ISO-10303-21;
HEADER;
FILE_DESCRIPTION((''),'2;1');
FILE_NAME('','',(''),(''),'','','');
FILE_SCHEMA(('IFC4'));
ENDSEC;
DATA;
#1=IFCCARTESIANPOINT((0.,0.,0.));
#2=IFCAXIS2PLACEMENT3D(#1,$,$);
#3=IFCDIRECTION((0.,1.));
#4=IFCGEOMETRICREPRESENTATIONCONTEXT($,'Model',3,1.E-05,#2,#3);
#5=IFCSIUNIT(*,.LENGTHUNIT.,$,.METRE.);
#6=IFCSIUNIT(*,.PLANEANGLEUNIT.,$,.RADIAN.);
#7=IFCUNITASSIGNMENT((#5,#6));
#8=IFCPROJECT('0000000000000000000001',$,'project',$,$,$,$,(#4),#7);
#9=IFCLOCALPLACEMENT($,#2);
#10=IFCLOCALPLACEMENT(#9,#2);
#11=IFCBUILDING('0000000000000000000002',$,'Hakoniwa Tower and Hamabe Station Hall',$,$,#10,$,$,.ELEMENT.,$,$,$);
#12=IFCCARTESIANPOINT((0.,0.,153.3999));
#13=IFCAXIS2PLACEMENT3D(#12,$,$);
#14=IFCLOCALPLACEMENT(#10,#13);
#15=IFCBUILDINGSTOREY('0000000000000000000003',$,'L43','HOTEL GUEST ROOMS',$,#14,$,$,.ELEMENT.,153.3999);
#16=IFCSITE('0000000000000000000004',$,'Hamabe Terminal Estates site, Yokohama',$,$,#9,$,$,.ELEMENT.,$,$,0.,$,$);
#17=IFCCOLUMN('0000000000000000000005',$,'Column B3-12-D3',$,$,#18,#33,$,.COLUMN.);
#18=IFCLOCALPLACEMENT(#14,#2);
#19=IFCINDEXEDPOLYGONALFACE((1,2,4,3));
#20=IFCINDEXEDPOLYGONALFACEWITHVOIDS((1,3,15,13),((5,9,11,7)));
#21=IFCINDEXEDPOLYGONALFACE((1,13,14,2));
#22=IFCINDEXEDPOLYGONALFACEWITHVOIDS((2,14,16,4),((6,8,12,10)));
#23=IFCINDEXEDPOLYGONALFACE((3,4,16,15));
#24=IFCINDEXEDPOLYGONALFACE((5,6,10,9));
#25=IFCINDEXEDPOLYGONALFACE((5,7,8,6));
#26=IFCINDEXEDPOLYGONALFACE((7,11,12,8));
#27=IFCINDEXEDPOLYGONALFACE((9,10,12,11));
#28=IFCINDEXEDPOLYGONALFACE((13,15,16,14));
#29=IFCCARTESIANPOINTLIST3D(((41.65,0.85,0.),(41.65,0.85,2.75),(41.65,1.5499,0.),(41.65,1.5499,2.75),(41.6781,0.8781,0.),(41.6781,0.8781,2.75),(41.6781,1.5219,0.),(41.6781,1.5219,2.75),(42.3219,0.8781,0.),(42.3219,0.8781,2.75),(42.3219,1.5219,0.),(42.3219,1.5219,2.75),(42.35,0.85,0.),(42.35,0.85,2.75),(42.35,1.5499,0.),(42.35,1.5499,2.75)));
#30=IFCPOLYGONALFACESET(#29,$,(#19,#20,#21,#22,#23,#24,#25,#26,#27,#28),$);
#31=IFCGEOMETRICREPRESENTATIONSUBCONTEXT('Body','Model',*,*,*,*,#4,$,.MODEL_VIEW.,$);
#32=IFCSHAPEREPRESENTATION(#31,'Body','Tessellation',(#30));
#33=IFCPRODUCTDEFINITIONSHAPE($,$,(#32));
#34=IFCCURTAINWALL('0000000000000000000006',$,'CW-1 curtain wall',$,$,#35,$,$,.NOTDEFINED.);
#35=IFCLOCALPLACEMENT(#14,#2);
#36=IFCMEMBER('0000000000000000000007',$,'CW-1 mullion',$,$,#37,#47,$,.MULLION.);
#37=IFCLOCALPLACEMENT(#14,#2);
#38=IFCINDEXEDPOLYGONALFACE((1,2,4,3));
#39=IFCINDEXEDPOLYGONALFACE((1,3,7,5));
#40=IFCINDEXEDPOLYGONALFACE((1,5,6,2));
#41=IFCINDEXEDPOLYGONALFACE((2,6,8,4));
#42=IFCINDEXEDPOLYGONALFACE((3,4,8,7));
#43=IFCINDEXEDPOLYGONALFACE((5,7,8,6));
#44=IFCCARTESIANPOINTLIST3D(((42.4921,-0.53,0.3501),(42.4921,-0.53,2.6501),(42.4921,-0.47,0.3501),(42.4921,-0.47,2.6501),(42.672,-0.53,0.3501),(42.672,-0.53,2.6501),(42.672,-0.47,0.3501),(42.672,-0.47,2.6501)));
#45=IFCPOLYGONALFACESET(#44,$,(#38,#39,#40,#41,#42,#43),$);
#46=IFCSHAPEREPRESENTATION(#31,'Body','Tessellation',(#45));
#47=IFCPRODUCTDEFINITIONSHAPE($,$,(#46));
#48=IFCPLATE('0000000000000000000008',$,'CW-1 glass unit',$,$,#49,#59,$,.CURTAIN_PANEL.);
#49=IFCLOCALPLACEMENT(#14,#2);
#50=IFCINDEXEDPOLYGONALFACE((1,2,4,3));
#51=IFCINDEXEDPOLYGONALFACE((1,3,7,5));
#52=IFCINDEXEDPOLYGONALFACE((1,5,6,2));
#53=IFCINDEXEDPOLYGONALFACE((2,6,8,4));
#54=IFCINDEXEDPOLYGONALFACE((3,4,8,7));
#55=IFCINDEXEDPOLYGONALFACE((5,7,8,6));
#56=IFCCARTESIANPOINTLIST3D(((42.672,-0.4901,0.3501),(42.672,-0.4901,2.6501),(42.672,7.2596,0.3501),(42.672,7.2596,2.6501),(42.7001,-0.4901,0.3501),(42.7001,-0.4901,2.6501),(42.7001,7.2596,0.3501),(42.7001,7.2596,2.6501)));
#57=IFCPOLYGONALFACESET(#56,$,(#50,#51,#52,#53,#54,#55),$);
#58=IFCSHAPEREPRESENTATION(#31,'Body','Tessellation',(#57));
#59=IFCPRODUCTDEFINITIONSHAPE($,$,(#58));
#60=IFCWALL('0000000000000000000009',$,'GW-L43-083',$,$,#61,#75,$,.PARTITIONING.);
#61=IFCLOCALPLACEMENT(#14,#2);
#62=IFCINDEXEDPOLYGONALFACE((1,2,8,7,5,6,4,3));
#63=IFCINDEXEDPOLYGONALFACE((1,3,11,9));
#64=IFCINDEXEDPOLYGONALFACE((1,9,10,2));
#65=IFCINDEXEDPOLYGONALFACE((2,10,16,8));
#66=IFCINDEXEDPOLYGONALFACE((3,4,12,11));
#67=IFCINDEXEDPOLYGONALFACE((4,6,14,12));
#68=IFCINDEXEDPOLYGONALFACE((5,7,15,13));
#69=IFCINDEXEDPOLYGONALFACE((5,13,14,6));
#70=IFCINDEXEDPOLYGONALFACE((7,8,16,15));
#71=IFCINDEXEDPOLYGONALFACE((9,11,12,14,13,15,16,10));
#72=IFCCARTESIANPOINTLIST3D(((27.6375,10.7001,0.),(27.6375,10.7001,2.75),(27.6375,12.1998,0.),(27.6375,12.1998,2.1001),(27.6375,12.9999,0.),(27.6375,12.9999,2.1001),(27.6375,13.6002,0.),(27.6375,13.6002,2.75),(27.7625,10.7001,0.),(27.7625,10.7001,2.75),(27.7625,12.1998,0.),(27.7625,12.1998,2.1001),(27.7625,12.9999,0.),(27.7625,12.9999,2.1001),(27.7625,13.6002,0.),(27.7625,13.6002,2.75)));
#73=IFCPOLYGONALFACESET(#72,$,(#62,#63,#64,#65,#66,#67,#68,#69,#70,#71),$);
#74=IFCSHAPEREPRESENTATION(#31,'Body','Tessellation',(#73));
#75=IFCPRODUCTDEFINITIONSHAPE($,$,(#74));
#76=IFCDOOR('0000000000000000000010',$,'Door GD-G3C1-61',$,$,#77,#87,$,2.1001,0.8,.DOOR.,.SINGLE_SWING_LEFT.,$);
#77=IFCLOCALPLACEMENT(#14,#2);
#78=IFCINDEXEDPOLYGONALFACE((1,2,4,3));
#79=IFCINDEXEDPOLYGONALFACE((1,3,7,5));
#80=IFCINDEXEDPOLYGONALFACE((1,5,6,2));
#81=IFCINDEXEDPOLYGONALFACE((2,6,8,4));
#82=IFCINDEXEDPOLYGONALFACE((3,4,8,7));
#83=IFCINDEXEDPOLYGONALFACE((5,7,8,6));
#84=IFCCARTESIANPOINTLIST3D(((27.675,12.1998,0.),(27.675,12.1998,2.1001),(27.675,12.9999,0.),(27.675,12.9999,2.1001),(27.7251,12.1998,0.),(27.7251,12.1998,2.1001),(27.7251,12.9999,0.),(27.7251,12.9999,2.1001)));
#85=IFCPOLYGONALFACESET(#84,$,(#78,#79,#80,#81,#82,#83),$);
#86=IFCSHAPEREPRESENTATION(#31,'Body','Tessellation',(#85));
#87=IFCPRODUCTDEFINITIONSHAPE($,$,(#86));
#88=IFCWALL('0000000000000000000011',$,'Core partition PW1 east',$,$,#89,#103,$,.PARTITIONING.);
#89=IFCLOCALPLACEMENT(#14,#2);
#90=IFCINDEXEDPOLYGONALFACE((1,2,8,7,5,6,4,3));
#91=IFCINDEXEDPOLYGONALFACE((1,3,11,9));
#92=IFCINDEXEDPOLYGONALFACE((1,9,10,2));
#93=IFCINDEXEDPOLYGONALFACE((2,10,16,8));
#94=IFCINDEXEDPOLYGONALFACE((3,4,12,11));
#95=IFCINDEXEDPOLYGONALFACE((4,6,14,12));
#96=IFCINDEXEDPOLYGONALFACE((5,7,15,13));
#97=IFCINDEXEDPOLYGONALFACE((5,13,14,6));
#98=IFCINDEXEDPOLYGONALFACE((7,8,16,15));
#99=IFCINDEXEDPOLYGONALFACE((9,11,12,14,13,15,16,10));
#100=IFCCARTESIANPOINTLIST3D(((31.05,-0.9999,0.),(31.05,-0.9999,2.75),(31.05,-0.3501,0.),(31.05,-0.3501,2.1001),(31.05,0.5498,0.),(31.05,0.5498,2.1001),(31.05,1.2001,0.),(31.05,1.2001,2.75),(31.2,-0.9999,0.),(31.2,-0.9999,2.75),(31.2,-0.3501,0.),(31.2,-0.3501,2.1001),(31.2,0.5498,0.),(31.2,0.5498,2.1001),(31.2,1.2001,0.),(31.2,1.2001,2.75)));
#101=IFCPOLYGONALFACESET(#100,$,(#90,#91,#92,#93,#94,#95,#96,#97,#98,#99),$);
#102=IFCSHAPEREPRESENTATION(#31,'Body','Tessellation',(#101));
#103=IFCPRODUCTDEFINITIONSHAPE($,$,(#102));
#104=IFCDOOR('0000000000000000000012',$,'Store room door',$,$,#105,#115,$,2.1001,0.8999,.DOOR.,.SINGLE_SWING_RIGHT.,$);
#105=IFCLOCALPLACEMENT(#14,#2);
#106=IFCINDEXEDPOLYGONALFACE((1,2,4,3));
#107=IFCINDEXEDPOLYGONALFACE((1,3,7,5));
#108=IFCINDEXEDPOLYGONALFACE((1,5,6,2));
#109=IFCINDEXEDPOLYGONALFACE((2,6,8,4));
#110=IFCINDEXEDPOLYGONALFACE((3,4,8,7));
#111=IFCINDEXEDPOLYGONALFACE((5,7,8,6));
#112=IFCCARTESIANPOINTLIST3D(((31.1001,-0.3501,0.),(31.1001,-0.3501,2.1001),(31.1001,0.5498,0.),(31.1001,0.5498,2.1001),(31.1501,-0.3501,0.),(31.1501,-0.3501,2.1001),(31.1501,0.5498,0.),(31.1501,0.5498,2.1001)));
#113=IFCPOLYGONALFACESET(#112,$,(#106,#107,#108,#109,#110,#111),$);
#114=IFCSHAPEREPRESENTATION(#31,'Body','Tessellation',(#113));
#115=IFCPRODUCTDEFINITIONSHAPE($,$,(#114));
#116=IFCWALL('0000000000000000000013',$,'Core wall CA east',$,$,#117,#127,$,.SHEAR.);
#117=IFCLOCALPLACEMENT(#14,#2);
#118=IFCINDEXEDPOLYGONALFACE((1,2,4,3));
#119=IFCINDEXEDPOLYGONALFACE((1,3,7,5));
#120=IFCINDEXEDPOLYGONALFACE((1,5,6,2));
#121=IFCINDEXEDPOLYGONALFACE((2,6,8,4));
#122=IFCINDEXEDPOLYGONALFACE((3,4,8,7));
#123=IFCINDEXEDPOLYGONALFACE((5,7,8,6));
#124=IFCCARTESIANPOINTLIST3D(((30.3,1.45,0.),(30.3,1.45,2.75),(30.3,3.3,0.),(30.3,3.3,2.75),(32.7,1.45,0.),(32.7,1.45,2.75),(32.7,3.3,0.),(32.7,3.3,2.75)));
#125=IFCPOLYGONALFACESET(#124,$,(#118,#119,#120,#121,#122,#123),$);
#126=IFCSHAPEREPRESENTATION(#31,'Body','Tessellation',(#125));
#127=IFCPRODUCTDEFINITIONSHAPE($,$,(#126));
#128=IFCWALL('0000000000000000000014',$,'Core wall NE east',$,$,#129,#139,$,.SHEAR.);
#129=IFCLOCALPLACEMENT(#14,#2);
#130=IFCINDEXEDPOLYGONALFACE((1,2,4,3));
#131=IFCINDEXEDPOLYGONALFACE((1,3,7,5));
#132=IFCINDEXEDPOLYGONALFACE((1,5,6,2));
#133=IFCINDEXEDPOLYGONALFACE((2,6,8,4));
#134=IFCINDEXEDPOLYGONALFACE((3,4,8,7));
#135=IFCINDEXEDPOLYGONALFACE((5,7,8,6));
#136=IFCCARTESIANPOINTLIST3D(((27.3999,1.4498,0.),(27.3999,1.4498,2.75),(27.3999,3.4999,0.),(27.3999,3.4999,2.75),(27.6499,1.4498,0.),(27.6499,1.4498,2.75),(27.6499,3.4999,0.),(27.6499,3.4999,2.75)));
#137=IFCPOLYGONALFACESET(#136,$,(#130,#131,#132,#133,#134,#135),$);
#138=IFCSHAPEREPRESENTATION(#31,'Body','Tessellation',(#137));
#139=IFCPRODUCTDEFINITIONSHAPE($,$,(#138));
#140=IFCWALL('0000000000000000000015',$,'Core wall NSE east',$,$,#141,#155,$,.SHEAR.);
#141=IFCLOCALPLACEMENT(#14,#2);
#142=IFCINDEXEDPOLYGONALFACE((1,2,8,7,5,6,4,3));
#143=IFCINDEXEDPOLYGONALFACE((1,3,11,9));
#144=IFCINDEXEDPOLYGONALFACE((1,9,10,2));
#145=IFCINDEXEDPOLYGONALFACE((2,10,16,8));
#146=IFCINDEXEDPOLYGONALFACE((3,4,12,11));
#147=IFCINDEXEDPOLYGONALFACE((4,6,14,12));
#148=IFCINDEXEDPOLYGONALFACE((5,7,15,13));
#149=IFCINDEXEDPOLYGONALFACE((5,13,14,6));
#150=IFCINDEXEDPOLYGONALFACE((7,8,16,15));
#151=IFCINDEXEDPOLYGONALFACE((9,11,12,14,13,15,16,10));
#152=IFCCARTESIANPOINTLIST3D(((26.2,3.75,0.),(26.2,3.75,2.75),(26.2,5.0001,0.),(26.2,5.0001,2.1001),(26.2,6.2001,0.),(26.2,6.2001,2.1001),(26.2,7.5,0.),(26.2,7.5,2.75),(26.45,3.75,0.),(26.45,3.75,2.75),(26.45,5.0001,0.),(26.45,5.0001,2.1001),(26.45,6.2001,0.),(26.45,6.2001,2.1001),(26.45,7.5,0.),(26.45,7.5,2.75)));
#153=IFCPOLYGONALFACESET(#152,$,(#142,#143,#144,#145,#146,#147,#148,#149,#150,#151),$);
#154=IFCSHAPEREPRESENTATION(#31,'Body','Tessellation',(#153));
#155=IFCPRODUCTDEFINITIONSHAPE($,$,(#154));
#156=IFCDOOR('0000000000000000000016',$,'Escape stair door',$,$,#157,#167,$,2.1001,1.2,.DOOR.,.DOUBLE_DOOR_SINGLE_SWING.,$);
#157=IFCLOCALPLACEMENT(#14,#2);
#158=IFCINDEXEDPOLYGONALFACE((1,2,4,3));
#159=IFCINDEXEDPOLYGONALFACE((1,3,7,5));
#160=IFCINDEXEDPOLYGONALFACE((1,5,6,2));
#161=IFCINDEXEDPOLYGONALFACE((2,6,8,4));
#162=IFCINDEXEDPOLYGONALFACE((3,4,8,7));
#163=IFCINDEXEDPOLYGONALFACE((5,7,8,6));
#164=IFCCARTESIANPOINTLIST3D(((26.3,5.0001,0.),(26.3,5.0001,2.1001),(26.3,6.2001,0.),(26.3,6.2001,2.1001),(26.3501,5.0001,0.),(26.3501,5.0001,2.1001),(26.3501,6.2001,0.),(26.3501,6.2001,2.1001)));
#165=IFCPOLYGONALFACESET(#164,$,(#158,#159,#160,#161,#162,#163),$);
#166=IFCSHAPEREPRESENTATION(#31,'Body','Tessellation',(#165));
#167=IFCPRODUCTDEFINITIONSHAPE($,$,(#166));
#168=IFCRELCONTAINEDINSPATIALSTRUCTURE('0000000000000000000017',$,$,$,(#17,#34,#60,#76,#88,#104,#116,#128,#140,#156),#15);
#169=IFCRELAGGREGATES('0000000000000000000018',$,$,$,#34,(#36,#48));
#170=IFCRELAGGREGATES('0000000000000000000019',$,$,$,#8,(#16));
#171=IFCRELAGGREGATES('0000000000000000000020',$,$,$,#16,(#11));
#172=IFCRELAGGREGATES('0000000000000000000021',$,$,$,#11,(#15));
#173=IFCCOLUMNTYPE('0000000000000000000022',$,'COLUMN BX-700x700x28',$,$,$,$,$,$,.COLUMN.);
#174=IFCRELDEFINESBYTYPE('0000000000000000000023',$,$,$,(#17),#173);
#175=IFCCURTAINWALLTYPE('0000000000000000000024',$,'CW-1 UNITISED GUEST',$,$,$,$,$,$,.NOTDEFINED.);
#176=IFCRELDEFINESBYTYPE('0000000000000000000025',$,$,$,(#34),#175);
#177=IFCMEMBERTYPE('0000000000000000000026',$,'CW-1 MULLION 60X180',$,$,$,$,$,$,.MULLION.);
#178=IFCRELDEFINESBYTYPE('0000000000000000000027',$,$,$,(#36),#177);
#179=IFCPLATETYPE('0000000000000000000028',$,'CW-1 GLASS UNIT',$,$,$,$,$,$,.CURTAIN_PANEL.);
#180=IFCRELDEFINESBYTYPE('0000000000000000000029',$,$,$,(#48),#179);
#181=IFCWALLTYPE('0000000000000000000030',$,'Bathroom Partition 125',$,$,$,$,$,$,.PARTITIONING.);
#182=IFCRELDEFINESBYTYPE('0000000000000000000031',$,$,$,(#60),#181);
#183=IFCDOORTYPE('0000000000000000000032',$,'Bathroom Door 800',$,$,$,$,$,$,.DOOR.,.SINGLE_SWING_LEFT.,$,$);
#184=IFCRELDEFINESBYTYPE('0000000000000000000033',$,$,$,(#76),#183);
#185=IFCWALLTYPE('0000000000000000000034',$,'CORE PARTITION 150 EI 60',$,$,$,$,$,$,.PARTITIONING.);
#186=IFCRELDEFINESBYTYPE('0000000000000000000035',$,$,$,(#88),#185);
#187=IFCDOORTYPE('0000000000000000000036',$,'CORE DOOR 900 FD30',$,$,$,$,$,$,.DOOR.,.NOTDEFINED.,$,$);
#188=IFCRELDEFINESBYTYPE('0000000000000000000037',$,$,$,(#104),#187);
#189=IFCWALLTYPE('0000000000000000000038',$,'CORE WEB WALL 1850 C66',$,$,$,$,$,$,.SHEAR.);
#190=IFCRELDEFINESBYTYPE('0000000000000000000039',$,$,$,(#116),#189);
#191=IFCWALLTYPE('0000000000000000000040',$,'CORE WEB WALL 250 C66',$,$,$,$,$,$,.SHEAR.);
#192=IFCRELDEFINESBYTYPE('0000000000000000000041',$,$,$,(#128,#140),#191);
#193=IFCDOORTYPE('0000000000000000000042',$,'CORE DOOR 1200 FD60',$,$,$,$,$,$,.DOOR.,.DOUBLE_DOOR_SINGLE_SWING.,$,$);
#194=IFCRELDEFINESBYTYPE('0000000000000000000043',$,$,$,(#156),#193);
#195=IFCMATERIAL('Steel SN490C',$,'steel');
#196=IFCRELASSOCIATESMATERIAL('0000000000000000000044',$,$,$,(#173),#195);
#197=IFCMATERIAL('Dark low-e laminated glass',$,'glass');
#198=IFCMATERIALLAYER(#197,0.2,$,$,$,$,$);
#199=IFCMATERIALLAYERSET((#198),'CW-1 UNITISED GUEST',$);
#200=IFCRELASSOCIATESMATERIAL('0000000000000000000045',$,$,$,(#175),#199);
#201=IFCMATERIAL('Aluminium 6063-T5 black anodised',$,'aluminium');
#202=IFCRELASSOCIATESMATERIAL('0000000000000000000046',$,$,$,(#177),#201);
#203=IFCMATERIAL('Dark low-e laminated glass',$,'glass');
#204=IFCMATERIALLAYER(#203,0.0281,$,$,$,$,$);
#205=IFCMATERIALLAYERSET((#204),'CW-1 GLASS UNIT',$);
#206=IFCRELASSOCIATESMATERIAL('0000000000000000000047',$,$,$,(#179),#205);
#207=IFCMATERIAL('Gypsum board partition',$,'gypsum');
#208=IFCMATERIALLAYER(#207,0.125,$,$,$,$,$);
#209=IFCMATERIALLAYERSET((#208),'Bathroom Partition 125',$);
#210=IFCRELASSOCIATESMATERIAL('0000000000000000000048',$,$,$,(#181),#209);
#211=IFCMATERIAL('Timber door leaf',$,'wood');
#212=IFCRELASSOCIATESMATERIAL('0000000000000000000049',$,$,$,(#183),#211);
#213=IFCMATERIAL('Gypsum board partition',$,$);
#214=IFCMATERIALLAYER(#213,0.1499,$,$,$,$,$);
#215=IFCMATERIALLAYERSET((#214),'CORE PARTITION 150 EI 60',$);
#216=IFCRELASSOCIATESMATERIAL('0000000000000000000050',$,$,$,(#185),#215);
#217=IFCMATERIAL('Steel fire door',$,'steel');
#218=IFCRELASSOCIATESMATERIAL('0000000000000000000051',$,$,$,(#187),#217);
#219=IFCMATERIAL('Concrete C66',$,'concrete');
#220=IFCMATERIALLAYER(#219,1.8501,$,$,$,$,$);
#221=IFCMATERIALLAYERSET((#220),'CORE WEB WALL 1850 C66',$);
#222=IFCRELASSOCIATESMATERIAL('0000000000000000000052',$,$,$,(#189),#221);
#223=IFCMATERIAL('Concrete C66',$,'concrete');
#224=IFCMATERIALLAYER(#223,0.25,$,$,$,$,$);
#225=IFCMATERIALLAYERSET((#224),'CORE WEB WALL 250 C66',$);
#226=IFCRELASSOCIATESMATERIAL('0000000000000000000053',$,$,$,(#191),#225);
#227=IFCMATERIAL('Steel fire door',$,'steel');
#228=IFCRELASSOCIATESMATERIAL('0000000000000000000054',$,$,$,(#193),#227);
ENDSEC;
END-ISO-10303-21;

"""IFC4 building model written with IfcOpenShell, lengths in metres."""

from ifc_helpers import new_model, si_unit, direction, frame, frame_2d, origin, origin_2d, place, context, subcontext, project, spatial, rectangle, hollow_rectangle, extrude, material, layer, layer_set, material_profile, profile_set, type_object, element, fill, aggregate, save


model = new_model("IFC4")

# Units and contexts
model_context = context("Model", 3, precision=1e-05, world=origin(), true_north=direction((0.0, 1.0)))
body_context = subcontext(model_context, "Body", "Model", "MODEL_VIEW")
ifc_project = project(units=[si_unit("LENGTHUNIT", "METRE"), si_unit("PLANEANGLEUNIT", "RADIAN")], contexts=[model_context])

# Site, building, storey
site_placement = place(None, origin())
site = spatial("IfcSite", under=ifc_project, at=site_placement, Name="Hamabe Terminal Estates site, Yokohama", CompositionType="ELEMENT", RefElevation=0.0)
building_placement = place(site_placement, origin())
building = spatial("IfcBuilding", under=site, at=building_placement, Name="Hakoniwa Tower and Hamabe Station Hall", CompositionType="ELEMENT")
storey_placement = place(building_placement, frame((0.0, 0.0, 153.3999)))
storey = spatial("IfcBuildingStorey", under=building, at=storey_placement, Name="L43", Description="HOTEL GUEST ROOMS", CompositionType="ELEMENT", Elevation=153.3999)

# Column
ifc_material_1 = material(Name="Steel SN490C", Category="steel")
ifc_material_profile_1 = material_profile(ifc_material_1, hollow_rectangle(XDim=0.7, YDim=0.7, WallThickness=0.0281, at=origin_2d()), Name="BX-700x700x28")
ifc_profile_set_1 = profile_set([ifc_material_profile_1], Name="Steel SN490C")
column_type = type_object("IfcColumnType", Name="COLUMN BX-700x700x28", PredefinedType="COLUMN", material=ifc_profile_set_1)
column_placement = place(storey_placement, frame((42.0, 1.2, 0.0), z_axis=(0.0, 0.0, 1.0), x_axis=(1.0, 0.0, 0.0)))
element("IfcColumn", 1, at=column_placement, inside=storey, type_object=column_type, Name="Column B3-12-D3", PredefinedType="COLUMN", context=body_context, shape_type="SweptSolid", body=[
    extrude(hollow_rectangle(XDim=0.7, YDim=0.7, WallThickness=0.0281, at=origin_2d()), origin(), (0.0, 0.0, 1.0), 2.75),
])

# Curtain wall, member, plate
ifc_material_2 = material(Name="Dark low-e laminated glass", Category="glass")
ifc_layer_1 = layer(ifc_material_2, 0.2)
ifc_layer_set_1 = layer_set([ifc_layer_1], Name="CW-1 UNITISED GUEST")
curtain_wall_type = type_object("IfcCurtainWallType", Name="CW-1 UNITISED GUEST", PredefinedType="NOTDEFINED", material=ifc_layer_set_1)
curtain_wall_placement = place(storey_placement, origin())
curtain_wall = element("IfcCurtainWall", 2, at=curtain_wall_placement, inside=storey, type_object=curtain_wall_type, Name="CW-1 curtain wall", PredefinedType="NOTDEFINED")
ifc_material_3 = material(Name="Aluminium 6063-T5 black anodised", Category="aluminium")
ifc_material_profile_2 = material_profile(ifc_material_3, rectangle(XDim=0.0601, YDim=0.1799, at=origin_2d()), Name="CW-1 MULLION 60X180")
ifc_profile_set_2 = profile_set([ifc_material_profile_2], Name="Aluminium 6063-T5 black anodised")
member_type = type_object("IfcMemberType", Name="CW-1 MULLION 60X180", PredefinedType="MULLION", material=ifc_profile_set_2)
member_placement = place(storey_placement, frame((42.582, -0.5, 0.3501), z_axis=(0.0, 0.0, 1.0), x_axis=(0.0, 1.0, 0.0)))
member = element("IfcMember", 3, at=member_placement, type_object=member_type, Name="CW-1 mullion", PredefinedType="MULLION", context=body_context, shape_type="SweptSolid", body=[
    extrude(rectangle(XDim=0.0601, YDim=0.1799, at=origin_2d()), origin(), (0.0, 0.0, 1.0), 2.3),
])
ifc_material_4 = material(Name="Dark low-e laminated glass", Category="glass")
ifc_layer_2 = layer(ifc_material_4, 0.0281)
ifc_layer_set_2 = layer_set([ifc_layer_2], Name="CW-1 GLASS UNIT")
plate_type = type_object("IfcPlateType", Name="CW-1 GLASS UNIT", PredefinedType="CURTAIN_PANEL", material=ifc_layer_set_2)
plate_placement = place(storey_placement, frame((42.686, 3.3848, 0.3501), z_axis=(0.0, 0.0, 1.0), x_axis=(0.0, 1.0, 0.0)))
plate = element("IfcPlate", 4, at=plate_placement, type_object=plate_type, Name="CW-1 glass unit", PredefinedType="CURTAIN_PANEL", context=body_context, shape_type="SweptSolid", body=[
    extrude(rectangle(XDim=7.7498, YDim=0.0281, at=origin_2d()), origin(), (0.0, 0.0, 1.0), 2.3),
])
aggregate(curtain_wall, [member, plate])

# Walls, openings, doors
ifc_material_5 = material(Name="Gypsum board partition", Category="gypsum")
ifc_layer_3 = layer(ifc_material_5, 0.125)
ifc_layer_set_3 = layer_set([ifc_layer_3], Name="Bathroom Partition 125")
wall_type_1 = type_object("IfcWallType", Name="Bathroom Partition 125", PredefinedType="PARTITIONING", material=ifc_layer_set_3)
wall_1_placement = place(storey_placement, frame((27.7, 10.7, 0.0), z_axis=(0.0, 0.0, 1.0), x_axis=(0.0, 1.0, 0.0)))
wall_1 = element("IfcWall", 5, at=wall_1_placement, inside=storey, type_object=wall_type_1, Name="GW-L43-083", PredefinedType="PARTITIONING", context=body_context, shape_type="SweptSolid", body=[
    extrude(rectangle(XDim=2.9001, YDim=0.125, at=frame_2d((1.4502, 0.0))), origin(), (0.0, 0.0, 1.0), 2.75),
])
opening_1_placement = place(wall_1_placement, frame((1.5, 0.0, 0.0)))
opening_1 = element("IfcOpeningElement", 6, at=opening_1_placement, cuts=wall_1, PredefinedType="OPENING", context=body_context, shape_type="SweptSolid", body=[
    extrude(rectangle(XDim=0.8, YDim=2.1001, at=frame_2d((0.3999, 1.05))), frame((0.0, 0.0725, 0.0), z_axis=(0.0, -1.0, 0.0), x_axis=(1.0, 0.0, 0.0)), (0.0, 0.0, 1.0), 0.145),
])
ifc_material_6 = material(Name="Timber door leaf", Category="wood")
door_type_1 = type_object("IfcDoorType", Name="Bathroom Door 800", OperationType="SINGLE_SWING_LEFT", PredefinedType="DOOR", material=ifc_material_6)
door_1_placement = place(opening_1_placement, origin())
door_1 = element("IfcDoor", 7, at=door_1_placement, inside=storey, type_object=door_type_1, Name="Door GD-G3C1-61", OperationType="SINGLE_SWING_LEFT", OverallHeight=2.1001, OverallWidth=0.8, PredefinedType="DOOR", context=body_context, shape_type="SweptSolid", body=[
    extrude(rectangle(XDim=0.8, YDim=2.1001, at=frame_2d((0.3999, 1.05))), frame((0.0, 0.0249, 0.0), z_axis=(0.0, -1.0, 0.0), x_axis=(1.0, 0.0, 0.0)), (0.0, 0.0, 1.0), 0.05),
])
fill(opening_1, door_1)
ifc_material_7 = material(Name="Gypsum board partition")
ifc_layer_4 = layer(ifc_material_7, 0.1499)
ifc_layer_set_4 = layer_set([ifc_layer_4], Name="CORE PARTITION 150 EI 60")
wall_type_2 = type_object("IfcWallType", Name="CORE PARTITION 150 EI 60", PredefinedType="PARTITIONING", material=ifc_layer_set_4)
wall_2_placement = place(storey_placement, frame((31.125, -1.0, 0.0), z_axis=(0.0, 0.0, 1.0), x_axis=(0.0, 1.0, 0.0)))
wall_2 = element("IfcWall", 8, at=wall_2_placement, inside=storey, type_object=wall_type_2, Name="Core partition PW1 east", PredefinedType="PARTITIONING", context=body_context, shape_type="SweptSolid", body=[
    extrude(rectangle(XDim=2.2, YDim=0.1499, at=frame_2d((1.1001, 0.0))), origin(), (0.0, 0.0, 1.0), 2.75),
])
opening_2_placement = place(wall_2_placement, frame((0.6499, 0.0, 0.0)))
opening_2 = element("IfcOpeningElement", 9, at=opening_2_placement, cuts=wall_2, PredefinedType="OPENING", context=body_context, shape_type="SweptSolid", body=[
    extrude(rectangle(XDim=0.8999, YDim=2.1001, at=frame_2d((0.45, 1.05))), frame((0.0, 0.085, 0.0), z_axis=(0.0, -1.0, 0.0), x_axis=(1.0, 0.0, 0.0)), (0.0, 0.0, 1.0), 0.1699),
])
ifc_material_8 = material(Name="Steel fire door", Category="steel")
door_type_2 = type_object("IfcDoorType", Name="CORE DOOR 900 FD30", OperationType="NOTDEFINED", PredefinedType="DOOR", material=ifc_material_8)
door_2_placement = place(opening_2_placement, origin())
door_2 = element("IfcDoor", 10, at=door_2_placement, inside=storey, type_object=door_type_2, Name="Store room door", OperationType="SINGLE_SWING_RIGHT", OverallHeight=2.1001, OverallWidth=0.8999, PredefinedType="DOOR", context=body_context, shape_type="SweptSolid", body=[
    extrude(rectangle(XDim=0.8999, YDim=2.1001, at=frame_2d((0.45, 1.05))), frame((0.0, 0.0249, 0.0), z_axis=(0.0, -1.0, 0.0), x_axis=(1.0, 0.0, 0.0)), (0.0, 0.0, 1.0), 0.05),
])
fill(opening_2, door_2)

# Walls
ifc_material_9 = material(Name="Concrete C66", Category="concrete")
ifc_layer_5 = layer(ifc_material_9, 1.8501)
ifc_layer_set_5 = layer_set([ifc_layer_5], Name="CORE WEB WALL 1850 C66")
wall_type_3 = type_object("IfcWallType", Name="CORE WEB WALL 1850 C66", PredefinedType="SHEAR", material=ifc_layer_set_5)
wall_3_placement = place(storey_placement, frame((30.3, 2.375, 0.0), z_axis=(0.0, 0.0, 1.0), x_axis=(1.0, 0.0, 0.0)))
element("IfcWall", 11, at=wall_3_placement, inside=storey, type_object=wall_type_3, Name="Core wall CA east", PredefinedType="SHEAR", context=body_context, shape_type="SweptSolid", body=[
    extrude(rectangle(XDim=2.3999, YDim=1.8501, at=frame_2d((1.2, 0.0))), origin(), (0.0, 0.0, 1.0), 2.75),
])
ifc_material_10 = material(Name="Concrete C66", Category="concrete")
ifc_layer_6 = layer(ifc_material_10, 0.25)
ifc_layer_set_6 = layer_set([ifc_layer_6], Name="CORE WEB WALL 250 C66")
wall_type_4 = type_object("IfcWallType", Name="CORE WEB WALL 250 C66", PredefinedType="SHEAR", material=ifc_layer_set_6)
wall_4_placement = place(storey_placement, frame((27.5249, 1.45, 0.0), z_axis=(0.0, 0.0, 1.0), x_axis=(0.0, 1.0, 0.0)))
element("IfcWall", 12, at=wall_4_placement, inside=storey, type_object=wall_type_4, Name="Core wall NE east", PredefinedType="SHEAR", context=body_context, shape_type="SweptSolid", body=[
    extrude(rectangle(XDim=2.05, YDim=0.25, at=frame_2d((1.0249, 0.0))), origin(), (0.0, 0.0, 1.0), 2.75),
])

# Wall, opening, door
wall_5_placement = place(storey_placement, frame((26.325, 3.75, 0.0), z_axis=(0.0, 0.0, 1.0), x_axis=(0.0, 1.0, 0.0)))
wall_5 = element("IfcWall", 13, at=wall_5_placement, inside=storey, type_object=wall_type_4, Name="Core wall NSE east", PredefinedType="SHEAR", context=body_context, shape_type="SweptSolid", body=[
    extrude(rectangle(XDim=3.75, YDim=0.25, at=frame_2d((1.875, 0.0))), origin(), (0.0, 0.0, 1.0), 2.75),
])
opening_3_placement = place(wall_5_placement, frame((1.25, 0.0, 0.0)))
opening_3 = element("IfcOpeningElement", 14, at=opening_3_placement, cuts=wall_5, PredefinedType="OPENING", context=body_context, shape_type="SweptSolid", body=[
    extrude(rectangle(XDim=1.2, YDim=2.1001, at=frame_2d((0.6001, 1.05))), frame((0.0, 0.135, 0.0), z_axis=(0.0, -1.0, 0.0), x_axis=(1.0, 0.0, 0.0)), (0.0, 0.0, 1.0), 0.27),
])
ifc_material_11 = material(Name="Steel fire door", Category="steel")
door_type_3 = type_object("IfcDoorType", Name="CORE DOOR 1200 FD60", OperationType="DOUBLE_DOOR_SINGLE_SWING", PredefinedType="DOOR", material=ifc_material_11)
door_3_placement = place(opening_3_placement, origin())
door_3 = element("IfcDoor", 15, at=door_3_placement, inside=storey, type_object=door_type_3, Name="Escape stair door", OperationType="DOUBLE_DOOR_SINGLE_SWING", OverallHeight=2.1001, OverallWidth=1.2, PredefinedType="DOOR", context=body_context, shape_type="SweptSolid", body=[
    extrude(rectangle(XDim=1.2, YDim=2.1001, at=frame_2d((0.6001, 1.05))), frame((0.0, 0.0249, 0.0), z_axis=(0.0, -1.0, 0.0), x_axis=(1.0, 0.0, 0.0)), (0.0, 0.0, 1.0), 0.05),
])
fill(opening_3, door_3)

save(model, "model.ifc")
